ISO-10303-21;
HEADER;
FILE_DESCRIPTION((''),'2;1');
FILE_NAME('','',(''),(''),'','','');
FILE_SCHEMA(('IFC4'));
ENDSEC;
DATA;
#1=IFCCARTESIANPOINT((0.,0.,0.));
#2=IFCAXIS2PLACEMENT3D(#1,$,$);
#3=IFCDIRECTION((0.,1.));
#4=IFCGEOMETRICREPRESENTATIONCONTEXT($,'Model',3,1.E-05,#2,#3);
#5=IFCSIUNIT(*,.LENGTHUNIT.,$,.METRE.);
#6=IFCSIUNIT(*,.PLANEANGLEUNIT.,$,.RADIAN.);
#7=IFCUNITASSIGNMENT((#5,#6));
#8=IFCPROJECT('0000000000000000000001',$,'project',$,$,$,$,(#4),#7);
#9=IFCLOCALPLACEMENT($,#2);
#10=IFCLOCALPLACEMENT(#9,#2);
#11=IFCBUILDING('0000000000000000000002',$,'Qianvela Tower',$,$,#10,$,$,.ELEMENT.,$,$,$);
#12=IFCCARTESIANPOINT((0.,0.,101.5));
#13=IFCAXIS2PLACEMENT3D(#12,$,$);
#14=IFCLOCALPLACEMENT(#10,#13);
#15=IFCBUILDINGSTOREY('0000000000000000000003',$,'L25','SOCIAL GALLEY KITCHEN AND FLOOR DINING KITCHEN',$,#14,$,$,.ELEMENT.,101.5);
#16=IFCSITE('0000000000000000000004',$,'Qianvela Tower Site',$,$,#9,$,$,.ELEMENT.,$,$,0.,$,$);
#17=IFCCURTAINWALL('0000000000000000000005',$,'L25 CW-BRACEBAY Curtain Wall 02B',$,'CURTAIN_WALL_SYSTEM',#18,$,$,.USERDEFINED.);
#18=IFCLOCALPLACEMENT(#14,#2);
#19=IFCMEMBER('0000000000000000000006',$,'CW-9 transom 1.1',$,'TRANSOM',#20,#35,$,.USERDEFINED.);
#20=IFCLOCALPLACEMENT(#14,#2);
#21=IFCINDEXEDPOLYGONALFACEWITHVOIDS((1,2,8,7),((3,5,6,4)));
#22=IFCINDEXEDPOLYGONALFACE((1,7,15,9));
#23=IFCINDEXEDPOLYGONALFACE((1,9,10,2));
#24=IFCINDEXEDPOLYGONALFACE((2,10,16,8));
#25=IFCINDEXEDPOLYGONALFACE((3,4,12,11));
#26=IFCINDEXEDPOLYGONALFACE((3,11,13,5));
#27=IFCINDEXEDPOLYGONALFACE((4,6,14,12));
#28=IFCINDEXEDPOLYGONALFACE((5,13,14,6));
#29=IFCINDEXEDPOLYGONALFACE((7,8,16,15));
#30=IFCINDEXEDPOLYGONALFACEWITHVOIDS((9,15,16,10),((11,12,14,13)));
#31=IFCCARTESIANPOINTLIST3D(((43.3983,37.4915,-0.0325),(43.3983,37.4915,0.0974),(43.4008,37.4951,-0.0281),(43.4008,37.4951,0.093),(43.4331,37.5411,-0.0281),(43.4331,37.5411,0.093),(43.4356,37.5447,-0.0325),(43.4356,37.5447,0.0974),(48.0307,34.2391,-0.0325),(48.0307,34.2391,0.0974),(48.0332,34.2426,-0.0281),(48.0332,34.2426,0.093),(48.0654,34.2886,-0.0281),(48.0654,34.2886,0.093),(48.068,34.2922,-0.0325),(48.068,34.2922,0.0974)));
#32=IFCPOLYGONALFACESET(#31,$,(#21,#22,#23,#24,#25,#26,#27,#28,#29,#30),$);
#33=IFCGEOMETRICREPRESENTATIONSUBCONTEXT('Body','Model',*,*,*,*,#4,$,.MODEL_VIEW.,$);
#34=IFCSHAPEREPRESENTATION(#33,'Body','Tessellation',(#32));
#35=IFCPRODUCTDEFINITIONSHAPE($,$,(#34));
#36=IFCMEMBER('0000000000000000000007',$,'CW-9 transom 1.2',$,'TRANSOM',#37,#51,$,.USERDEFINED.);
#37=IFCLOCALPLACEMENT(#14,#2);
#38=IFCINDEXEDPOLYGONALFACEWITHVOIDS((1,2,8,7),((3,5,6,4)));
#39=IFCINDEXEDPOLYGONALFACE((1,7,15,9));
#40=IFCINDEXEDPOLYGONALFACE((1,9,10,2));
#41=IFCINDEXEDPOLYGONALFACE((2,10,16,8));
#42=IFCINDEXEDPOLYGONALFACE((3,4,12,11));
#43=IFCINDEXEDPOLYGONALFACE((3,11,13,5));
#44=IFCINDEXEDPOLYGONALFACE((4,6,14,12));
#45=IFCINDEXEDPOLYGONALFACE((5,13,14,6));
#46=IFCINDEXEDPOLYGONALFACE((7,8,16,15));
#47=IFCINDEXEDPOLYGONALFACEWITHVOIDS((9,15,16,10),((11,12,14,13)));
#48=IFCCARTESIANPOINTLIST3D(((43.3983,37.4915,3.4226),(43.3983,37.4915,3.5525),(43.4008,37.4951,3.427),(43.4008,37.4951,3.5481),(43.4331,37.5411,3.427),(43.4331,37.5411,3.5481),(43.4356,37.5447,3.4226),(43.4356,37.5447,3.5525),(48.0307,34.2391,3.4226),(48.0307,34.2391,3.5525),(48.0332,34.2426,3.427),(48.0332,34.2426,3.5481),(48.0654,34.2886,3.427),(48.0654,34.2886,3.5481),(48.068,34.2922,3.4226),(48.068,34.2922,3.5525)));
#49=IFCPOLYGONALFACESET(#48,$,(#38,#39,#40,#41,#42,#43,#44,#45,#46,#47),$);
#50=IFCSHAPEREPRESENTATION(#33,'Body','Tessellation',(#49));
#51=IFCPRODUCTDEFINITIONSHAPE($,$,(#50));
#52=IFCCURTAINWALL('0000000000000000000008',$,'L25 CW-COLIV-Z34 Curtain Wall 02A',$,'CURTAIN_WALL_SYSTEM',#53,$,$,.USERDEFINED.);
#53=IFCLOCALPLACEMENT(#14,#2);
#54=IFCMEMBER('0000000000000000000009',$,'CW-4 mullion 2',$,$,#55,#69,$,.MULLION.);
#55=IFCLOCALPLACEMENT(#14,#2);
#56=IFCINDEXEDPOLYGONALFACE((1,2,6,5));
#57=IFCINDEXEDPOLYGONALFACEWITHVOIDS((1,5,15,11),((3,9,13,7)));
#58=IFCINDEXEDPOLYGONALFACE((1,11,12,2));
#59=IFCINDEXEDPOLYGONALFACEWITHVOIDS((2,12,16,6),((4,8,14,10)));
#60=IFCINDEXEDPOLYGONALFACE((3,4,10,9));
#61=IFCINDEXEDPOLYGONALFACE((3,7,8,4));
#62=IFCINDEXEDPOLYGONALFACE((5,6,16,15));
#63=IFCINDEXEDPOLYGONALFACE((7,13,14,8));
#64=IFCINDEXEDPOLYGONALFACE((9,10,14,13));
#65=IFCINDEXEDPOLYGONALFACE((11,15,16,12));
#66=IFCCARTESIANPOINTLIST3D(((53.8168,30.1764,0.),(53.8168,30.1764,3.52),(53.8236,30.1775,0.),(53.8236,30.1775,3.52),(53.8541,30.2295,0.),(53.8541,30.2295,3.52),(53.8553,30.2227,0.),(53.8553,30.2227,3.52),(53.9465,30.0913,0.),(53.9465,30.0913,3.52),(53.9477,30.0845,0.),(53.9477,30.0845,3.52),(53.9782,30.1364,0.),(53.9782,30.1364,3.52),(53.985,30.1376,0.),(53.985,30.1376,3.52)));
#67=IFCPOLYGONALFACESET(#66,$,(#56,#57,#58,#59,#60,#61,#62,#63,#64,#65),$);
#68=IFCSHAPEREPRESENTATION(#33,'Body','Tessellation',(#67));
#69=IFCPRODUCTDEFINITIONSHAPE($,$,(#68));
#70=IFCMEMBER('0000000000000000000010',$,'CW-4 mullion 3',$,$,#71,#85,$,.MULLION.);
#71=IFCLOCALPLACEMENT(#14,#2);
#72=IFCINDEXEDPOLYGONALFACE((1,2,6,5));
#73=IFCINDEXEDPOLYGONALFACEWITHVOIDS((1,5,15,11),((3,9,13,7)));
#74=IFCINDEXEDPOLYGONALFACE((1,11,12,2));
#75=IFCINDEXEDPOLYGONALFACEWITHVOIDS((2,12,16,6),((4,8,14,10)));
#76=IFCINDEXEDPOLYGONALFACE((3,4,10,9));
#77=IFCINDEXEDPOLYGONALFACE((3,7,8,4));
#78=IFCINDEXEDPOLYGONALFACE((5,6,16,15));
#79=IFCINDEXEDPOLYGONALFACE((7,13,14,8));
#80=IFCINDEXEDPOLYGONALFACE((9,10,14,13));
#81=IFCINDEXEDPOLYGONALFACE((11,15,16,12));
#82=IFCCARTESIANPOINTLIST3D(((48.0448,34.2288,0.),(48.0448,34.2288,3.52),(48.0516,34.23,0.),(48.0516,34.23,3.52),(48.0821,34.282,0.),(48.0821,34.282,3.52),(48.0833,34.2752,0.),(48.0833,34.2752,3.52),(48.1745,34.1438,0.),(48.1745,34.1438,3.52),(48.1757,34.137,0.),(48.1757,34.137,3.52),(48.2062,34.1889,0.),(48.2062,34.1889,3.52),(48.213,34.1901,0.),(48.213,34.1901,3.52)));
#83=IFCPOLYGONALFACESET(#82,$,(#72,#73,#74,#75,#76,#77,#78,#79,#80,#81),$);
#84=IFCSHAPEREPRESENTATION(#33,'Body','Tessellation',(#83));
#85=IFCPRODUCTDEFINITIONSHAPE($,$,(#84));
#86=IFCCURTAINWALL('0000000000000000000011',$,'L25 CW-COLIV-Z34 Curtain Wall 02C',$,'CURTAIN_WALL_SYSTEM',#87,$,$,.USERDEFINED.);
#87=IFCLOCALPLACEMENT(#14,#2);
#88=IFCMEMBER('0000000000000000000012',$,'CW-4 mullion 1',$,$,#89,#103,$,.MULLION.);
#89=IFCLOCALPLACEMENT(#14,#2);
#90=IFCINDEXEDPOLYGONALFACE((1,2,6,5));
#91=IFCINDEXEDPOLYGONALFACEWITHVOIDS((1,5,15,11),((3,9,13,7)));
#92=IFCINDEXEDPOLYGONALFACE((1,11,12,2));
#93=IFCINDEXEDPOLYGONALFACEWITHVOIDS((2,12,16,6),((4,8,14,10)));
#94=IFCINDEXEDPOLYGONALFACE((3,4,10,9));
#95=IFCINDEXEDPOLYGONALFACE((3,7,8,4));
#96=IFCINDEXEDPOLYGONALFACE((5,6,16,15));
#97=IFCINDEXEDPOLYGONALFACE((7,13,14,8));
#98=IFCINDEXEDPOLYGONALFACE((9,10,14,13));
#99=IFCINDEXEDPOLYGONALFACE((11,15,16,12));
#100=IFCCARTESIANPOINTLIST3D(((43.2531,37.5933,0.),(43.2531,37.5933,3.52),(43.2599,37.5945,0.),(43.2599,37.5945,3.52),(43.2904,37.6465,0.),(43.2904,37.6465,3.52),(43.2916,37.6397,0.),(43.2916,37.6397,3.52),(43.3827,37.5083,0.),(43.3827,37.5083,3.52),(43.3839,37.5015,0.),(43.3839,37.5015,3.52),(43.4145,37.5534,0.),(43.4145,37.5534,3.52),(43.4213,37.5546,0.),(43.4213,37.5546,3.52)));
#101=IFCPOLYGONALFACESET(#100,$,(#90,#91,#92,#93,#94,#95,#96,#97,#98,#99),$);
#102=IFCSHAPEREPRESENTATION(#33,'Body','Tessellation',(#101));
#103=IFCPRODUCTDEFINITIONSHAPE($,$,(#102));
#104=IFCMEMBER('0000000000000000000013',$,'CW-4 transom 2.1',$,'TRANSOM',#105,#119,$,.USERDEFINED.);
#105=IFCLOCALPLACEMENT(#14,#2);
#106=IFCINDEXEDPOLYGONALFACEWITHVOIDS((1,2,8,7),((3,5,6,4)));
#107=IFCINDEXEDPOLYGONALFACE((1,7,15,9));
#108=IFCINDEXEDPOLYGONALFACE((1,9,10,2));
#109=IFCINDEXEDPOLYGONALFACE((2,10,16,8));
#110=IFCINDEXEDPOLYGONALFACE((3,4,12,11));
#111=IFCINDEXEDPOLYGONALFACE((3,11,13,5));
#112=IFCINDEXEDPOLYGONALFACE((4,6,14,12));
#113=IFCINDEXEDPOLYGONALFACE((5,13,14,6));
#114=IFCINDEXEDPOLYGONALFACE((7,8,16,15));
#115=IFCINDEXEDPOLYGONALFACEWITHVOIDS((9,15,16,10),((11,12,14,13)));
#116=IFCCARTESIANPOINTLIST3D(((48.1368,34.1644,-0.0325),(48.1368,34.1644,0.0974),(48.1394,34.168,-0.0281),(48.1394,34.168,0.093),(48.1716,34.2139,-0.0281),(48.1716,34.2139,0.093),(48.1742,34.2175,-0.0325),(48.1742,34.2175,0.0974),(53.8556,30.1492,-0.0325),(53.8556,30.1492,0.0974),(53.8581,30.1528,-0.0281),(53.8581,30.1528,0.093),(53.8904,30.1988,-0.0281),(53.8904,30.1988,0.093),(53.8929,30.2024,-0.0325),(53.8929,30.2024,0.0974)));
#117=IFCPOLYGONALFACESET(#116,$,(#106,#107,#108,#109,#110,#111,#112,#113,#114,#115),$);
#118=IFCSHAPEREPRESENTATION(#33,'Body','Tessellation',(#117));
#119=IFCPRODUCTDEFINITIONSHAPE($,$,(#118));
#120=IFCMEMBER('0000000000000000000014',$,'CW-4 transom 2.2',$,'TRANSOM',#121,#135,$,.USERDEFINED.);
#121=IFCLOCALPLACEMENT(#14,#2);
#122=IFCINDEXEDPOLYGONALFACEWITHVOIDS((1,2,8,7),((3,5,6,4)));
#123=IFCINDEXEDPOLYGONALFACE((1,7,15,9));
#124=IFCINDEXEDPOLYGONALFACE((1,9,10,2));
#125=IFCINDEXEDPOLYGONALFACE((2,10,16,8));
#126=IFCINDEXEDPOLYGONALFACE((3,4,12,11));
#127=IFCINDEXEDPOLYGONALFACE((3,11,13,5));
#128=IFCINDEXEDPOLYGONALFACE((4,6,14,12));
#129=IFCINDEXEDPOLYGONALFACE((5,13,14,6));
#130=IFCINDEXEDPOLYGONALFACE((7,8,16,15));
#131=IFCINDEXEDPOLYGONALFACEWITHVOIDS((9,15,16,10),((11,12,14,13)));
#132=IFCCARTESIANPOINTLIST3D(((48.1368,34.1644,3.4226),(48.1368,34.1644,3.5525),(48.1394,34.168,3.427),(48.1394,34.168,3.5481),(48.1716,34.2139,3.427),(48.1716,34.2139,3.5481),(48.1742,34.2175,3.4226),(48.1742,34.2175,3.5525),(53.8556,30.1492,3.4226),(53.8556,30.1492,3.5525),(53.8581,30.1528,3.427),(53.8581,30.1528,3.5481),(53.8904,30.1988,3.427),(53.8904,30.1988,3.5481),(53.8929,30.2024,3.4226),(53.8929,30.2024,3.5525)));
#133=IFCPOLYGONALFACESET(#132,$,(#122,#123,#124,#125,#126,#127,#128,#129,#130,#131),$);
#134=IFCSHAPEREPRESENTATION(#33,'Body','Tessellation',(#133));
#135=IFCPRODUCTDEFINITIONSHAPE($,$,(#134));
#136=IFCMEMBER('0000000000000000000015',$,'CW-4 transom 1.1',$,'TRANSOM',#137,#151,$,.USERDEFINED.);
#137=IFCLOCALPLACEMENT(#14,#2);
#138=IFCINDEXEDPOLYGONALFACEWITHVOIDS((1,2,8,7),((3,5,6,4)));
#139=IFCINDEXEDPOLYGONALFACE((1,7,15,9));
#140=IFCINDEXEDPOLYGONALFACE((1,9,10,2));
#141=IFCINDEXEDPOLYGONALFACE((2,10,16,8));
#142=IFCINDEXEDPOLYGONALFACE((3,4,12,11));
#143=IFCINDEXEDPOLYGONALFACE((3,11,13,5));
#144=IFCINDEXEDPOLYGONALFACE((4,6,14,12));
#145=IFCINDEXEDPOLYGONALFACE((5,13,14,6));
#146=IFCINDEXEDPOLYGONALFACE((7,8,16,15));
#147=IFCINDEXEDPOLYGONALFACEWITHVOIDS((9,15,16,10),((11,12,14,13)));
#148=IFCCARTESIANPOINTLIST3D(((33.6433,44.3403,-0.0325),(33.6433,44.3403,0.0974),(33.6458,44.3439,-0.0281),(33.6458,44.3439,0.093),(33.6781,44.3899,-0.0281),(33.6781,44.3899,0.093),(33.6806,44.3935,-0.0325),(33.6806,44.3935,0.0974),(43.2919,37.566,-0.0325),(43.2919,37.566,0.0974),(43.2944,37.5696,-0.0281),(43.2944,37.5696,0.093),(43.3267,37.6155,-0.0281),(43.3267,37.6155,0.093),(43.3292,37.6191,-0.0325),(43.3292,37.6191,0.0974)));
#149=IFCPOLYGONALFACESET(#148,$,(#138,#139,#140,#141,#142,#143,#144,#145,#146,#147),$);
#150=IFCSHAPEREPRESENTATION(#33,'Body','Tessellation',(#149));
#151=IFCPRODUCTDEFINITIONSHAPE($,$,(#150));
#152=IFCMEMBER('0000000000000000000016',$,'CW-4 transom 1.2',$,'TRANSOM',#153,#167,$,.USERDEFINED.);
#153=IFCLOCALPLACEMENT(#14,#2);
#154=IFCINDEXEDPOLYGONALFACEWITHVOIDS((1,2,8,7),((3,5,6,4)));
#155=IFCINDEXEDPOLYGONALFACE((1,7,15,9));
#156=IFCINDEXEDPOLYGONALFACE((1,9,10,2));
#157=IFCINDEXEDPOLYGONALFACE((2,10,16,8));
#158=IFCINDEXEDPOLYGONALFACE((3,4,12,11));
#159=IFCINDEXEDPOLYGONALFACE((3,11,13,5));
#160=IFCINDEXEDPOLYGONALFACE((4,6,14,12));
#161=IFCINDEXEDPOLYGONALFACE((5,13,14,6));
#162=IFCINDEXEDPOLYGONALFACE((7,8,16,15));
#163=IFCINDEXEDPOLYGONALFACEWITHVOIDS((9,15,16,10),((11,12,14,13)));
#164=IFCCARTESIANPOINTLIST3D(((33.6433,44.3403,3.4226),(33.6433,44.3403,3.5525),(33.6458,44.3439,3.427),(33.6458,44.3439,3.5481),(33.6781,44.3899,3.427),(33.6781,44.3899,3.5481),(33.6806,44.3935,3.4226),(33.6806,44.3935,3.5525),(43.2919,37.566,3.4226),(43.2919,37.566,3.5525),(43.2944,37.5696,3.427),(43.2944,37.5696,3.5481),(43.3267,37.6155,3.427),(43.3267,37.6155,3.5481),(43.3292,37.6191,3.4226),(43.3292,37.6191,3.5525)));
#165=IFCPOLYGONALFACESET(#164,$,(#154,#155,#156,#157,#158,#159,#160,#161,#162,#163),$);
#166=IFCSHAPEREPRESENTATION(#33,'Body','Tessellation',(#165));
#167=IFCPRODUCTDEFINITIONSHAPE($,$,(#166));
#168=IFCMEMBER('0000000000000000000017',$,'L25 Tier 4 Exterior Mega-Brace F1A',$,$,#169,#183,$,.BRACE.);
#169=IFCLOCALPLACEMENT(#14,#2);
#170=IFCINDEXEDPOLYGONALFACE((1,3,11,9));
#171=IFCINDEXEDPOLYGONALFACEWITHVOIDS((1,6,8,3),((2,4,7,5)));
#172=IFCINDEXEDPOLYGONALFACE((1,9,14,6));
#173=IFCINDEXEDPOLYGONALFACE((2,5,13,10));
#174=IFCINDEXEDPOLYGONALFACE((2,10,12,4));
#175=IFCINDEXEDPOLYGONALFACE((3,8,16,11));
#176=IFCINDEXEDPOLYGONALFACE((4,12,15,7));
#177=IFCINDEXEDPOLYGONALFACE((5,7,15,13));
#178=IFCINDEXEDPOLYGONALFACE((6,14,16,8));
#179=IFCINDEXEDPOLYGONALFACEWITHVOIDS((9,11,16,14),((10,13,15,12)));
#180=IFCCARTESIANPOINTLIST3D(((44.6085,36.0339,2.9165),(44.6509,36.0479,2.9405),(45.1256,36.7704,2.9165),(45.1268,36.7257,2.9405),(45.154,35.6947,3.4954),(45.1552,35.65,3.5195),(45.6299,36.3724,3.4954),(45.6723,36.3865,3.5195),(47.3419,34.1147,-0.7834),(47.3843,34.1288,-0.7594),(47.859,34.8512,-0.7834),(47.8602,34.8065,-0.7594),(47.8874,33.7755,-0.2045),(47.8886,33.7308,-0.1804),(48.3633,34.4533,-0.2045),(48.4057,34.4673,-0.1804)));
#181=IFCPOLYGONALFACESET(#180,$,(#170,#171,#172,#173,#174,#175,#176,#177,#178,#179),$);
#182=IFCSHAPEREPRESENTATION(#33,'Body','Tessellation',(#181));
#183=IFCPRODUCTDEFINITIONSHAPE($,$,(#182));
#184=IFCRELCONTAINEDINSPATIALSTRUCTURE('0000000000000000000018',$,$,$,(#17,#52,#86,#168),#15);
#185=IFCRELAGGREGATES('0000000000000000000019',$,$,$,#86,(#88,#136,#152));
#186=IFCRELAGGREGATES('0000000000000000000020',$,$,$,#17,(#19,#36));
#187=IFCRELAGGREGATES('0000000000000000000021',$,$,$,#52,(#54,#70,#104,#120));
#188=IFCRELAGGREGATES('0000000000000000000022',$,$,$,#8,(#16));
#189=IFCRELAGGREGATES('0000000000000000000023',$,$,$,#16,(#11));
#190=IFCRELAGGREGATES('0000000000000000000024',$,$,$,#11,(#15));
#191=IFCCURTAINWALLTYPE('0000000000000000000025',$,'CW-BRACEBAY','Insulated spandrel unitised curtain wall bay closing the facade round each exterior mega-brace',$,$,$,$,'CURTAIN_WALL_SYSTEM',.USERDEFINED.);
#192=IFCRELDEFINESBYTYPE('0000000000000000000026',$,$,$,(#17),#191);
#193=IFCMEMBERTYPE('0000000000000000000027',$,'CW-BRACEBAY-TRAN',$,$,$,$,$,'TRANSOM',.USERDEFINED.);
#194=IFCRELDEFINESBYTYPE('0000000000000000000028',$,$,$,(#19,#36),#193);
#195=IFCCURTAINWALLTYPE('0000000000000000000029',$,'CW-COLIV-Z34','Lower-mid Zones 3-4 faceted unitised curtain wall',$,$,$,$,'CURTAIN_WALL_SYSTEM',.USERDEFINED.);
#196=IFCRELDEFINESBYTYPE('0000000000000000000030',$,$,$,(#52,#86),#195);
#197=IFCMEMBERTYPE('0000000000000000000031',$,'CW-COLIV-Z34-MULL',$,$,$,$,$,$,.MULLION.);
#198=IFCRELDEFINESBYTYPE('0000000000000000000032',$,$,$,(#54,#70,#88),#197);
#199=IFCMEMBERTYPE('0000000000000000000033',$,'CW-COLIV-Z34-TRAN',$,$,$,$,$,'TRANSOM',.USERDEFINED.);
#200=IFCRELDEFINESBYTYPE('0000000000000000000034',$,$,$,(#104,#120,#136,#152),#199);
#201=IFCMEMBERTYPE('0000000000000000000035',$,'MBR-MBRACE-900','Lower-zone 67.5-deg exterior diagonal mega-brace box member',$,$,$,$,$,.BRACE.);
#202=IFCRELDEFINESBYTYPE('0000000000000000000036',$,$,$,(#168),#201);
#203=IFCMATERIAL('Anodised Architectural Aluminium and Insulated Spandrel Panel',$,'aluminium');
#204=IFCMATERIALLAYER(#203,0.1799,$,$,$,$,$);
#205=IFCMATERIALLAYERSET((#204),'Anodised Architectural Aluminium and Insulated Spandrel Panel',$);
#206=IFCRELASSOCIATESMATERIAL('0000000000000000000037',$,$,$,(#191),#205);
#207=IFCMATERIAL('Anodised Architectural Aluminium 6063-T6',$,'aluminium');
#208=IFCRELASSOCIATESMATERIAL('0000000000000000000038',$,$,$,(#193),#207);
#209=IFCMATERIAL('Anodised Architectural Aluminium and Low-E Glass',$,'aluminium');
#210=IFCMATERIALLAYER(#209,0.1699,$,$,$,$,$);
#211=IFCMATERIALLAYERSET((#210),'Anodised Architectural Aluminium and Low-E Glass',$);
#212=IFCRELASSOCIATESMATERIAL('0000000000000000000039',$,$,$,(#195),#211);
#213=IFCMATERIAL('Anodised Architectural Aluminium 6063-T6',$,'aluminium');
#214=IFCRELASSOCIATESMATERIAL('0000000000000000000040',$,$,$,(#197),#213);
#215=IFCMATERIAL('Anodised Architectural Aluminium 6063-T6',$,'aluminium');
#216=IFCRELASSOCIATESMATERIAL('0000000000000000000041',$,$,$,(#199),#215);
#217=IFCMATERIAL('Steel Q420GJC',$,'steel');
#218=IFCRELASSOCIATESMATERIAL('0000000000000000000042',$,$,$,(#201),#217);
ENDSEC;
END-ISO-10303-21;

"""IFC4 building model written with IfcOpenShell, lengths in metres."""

from ifc_helpers import new_model, si_unit, direction, frame, origin, origin_2d, place, context, subcontext, project, spatial, hollow_rectangle, extrude, material, layer, layer_set, material_profile, profile_set, type_object, element, aggregate, save


model = new_model("IFC4")

# Units and contexts
model_context = context("Model", 3, precision=1e-05, world=origin(), true_north=direction((0.0, 1.0)))
body_context = subcontext(model_context, "Body", "Model", "MODEL_VIEW")
ifc_project = project(units=[si_unit("LENGTHUNIT", "METRE"), si_unit("PLANEANGLEUNIT", "RADIAN")], contexts=[model_context])

# Site, building, storey
site_placement = place(None, origin())
site = spatial("IfcSite", under=ifc_project, at=site_placement, Name="Qianvela Tower Site", CompositionType="ELEMENT", RefElevation=0.0)
building_placement = place(site_placement, origin())
building = spatial("IfcBuilding", under=site, at=building_placement, Name="Qianvela Tower", CompositionType="ELEMENT")
storey_placement = place(building_placement, frame((0.0, 0.0, 101.5)))
storey = spatial("IfcBuildingStorey", under=building, at=storey_placement, Name="L25", Description="SOCIAL GALLEY KITCHEN AND FLOOR DINING KITCHEN", CompositionType="ELEMENT", Elevation=101.5)

# Curtain walls, members
ifc_material_1 = material(Name="Anodised Architectural Aluminium and Insulated Spandrel Panel", Category="aluminium")
ifc_layer_1 = layer(ifc_material_1, 0.1799)
ifc_layer_set_1 = layer_set([ifc_layer_1], Name="Anodised Architectural Aluminium and Insulated Spandrel Panel")
curtain_wall_type_1 = type_object("IfcCurtainWallType", Name="CW-BRACEBAY", Description="Insulated spandrel unitised curtain wall bay closing the facade round each exterior mega-brace", ElementType="CURTAIN_WALL_SYSTEM", PredefinedType="USERDEFINED", material=ifc_layer_set_1)
curtain_wall_1_placement = place(storey_placement, origin())
curtain_wall_1 = element("IfcCurtainWall", 1, at=curtain_wall_1_placement, inside=storey, type_object=curtain_wall_type_1, Name="L25 CW-BRACEBAY Curtain Wall 02B", ObjectType="CURTAIN_WALL_SYSTEM", PredefinedType="USERDEFINED")
ifc_material_2 = material(Name="Anodised Architectural Aluminium 6063-T6", Category="aluminium")
ifc_material_profile_1 = material_profile(ifc_material_2, hollow_rectangle(XDim=0.0649, YDim=0.1299, WallThickness=0.0044, at=origin_2d()), Name="ALU-TRAN-65x130")
ifc_profile_set_1 = profile_set([ifc_material_profile_1], Name="Anodised Architectural Aluminium 6063-T6")
member_type_1 = type_object("IfcMemberType", Name="CW-BRACEBAY-TRAN", ElementType="TRANSOM", PredefinedType="USERDEFINED", material=ifc_profile_set_1)
member_1_placement = place(storey_placement, frame((48.0493, 34.2656, 0.0325), z_axis=(-0.818416, 0.574626, 0.0), x_axis=(-0.574626, -0.818416, 0.0)))
member_1 = element("IfcMember", 2, at=member_1_placement, type_object=member_type_1, Name="CW-9 transom 1.1", ObjectType="TRANSOM", PredefinedType="USERDEFINED", context=body_context, shape_type="SweptSolid", body=[
    extrude(hollow_rectangle(XDim=0.0649, YDim=0.1299, WallThickness=0.0044, at=origin_2d()), origin(), (0.0, 0.0, 1.0), 5.6602),
])
member_2_placement = place(storey_placement, frame((48.0493, 34.2656, 3.4875), z_axis=(-0.818416, 0.574626, 0.0), x_axis=(-0.574626, -0.818416, 0.0)))
member_2 = element("IfcMember", 3, at=member_2_placement, type_object=member_type_1, Name="CW-9 transom 1.2", ObjectType="TRANSOM", PredefinedType="USERDEFINED", context=body_context, shape_type="SweptSolid", body=[
    extrude(hollow_rectangle(XDim=0.0649, YDim=0.1299, WallThickness=0.0044, at=origin_2d()), origin(), (0.0, 0.0, 1.0), 5.6602),
])
ifc_material_3 = material(Name="Anodised Architectural Aluminium and Low-E Glass", Category="aluminium")
ifc_layer_2 = layer(ifc_material_3, 0.1699)
ifc_layer_set_2 = layer_set([ifc_layer_2], Name="Anodised Architectural Aluminium and Low-E Glass")
curtain_wall_type_2 = type_object("IfcCurtainWallType", Name="CW-COLIV-Z34", Description="Lower-mid Zones 3-4 faceted unitised curtain wall", ElementType="CURTAIN_WALL_SYSTEM", PredefinedType="USERDEFINED", material=ifc_layer_set_2)
curtain_wall_2_placement = place(storey_placement, origin())
curtain_wall_2 = element("IfcCurtainWall", 4, at=curtain_wall_2_placement, inside=storey, type_object=curtain_wall_type_2, Name="L25 CW-COLIV-Z34 Curtain Wall 02A", ObjectType="CURTAIN_WALL_SYSTEM", PredefinedType="USERDEFINED")
ifc_material_4 = material(Name="Anodised Architectural Aluminium 6063-T6", Category="aluminium")
ifc_material_profile_2 = material_profile(ifc_material_4, hollow_rectangle(XDim=0.0649, YDim=0.1599, WallThickness=0.0049, at=origin_2d()), Name="ALU-MULL-65x160")
ifc_profile_set_2 = profile_set([ifc_material_profile_2], Name="Anodised Architectural Aluminium 6063-T6")
member_type_2 = type_object("IfcMemberType", Name="CW-COLIV-Z34-MULL", PredefinedType="MULLION", material=ifc_profile_set_2)
member_3_placement = place(storey_placement, frame((53.9009, 30.157, 0.0), z_axis=(0.0, 0.0, 1.0), x_axis=(-0.574622, -0.818419, 0.0)))
member_3 = element("IfcMember", 5, at=member_3_placement, type_object=member_type_2, Name="CW-4 mullion 2", PredefinedType="MULLION", context=body_context, shape_type="SweptSolid", body=[
    extrude(hollow_rectangle(XDim=0.0649, YDim=0.1599, WallThickness=0.0049, at=origin_2d()), origin(), (0.0, 0.0, 1.0), 3.52),
])
member_4_placement = place(storey_placement, frame((48.1289, 34.2095, 0.0), z_axis=(0.0, 0.0, 1.0), x_axis=(-0.574622, -0.818419, 0.0)))
member_4 = element("IfcMember", 6, at=member_4_placement, type_object=member_type_2, Name="CW-4 mullion 3", PredefinedType="MULLION", context=body_context, shape_type="SweptSolid", body=[
    extrude(hollow_rectangle(XDim=0.0649, YDim=0.1599, WallThickness=0.0049, at=origin_2d()), origin(), (0.0, 0.0, 1.0), 3.52),
])

# Curtain wall, member
curtain_wall_3_placement = place(storey_placement, origin())
curtain_wall_3 = element("IfcCurtainWall", 7, at=curtain_wall_3_placement, inside=storey, type_object=curtain_wall_type_2, Name="L25 CW-COLIV-Z34 Curtain Wall 02C", ObjectType="CURTAIN_WALL_SYSTEM", PredefinedType="USERDEFINED")
member_5_placement = place(storey_placement, frame((43.3372, 37.574, 0.0), z_axis=(0.0, 0.0, 1.0), x_axis=(-0.574622, -0.818419, 0.0)))
member_5 = element("IfcMember", 8, at=member_5_placement, type_object=member_type_2, Name="CW-4 mullion 1", PredefinedType="MULLION", context=body_context, shape_type="SweptSolid", body=[
    extrude(hollow_rectangle(XDim=0.0649, YDim=0.1599, WallThickness=0.0049, at=origin_2d()), origin(), (0.0, 0.0, 1.0), 3.52),
])

# Members
ifc_material_5 = material(Name="Anodised Architectural Aluminium 6063-T6", Category="aluminium")
ifc_material_profile_3 = material_profile(ifc_material_5, hollow_rectangle(XDim=0.0649, YDim=0.1299, WallThickness=0.0044, at=origin_2d()), Name="ALU-TRAN-65x130")
ifc_profile_set_3 = profile_set([ifc_material_profile_3], Name="Anodised Architectural Aluminium 6063-T6")
member_type_3 = type_object("IfcMemberType", Name="CW-COLIV-Z34-TRAN", ElementType="TRANSOM", PredefinedType="USERDEFINED", material=ifc_profile_set_3)
member_6_placement = place(storey_placement, frame((53.8743, 30.1758, 0.0325), z_axis=(-0.818424, 0.574615, 0.0), x_axis=(-0.574615, -0.818424, 0.0)))
member_6 = element("IfcMember", 9, at=member_6_placement, type_object=member_type_3, Name="CW-4 transom 2.1", ObjectType="TRANSOM", PredefinedType="USERDEFINED", context=body_context, shape_type="SweptSolid", body=[
    extrude(hollow_rectangle(XDim=0.0649, YDim=0.1299, WallThickness=0.0044, at=origin_2d()), origin(), (0.0, 0.0, 1.0), 6.9875),
])
member_7_placement = place(storey_placement, frame((53.8743, 30.1758, 3.4875), z_axis=(-0.818424, 0.574615, 0.0), x_axis=(-0.574615, -0.818424, 0.0)))
member_7 = element("IfcMember", 10, at=member_7_placement, type_object=member_type_3, Name="CW-4 transom 2.2", ObjectType="TRANSOM", PredefinedType="USERDEFINED", context=body_context, shape_type="SweptSolid", body=[
    extrude(hollow_rectangle(XDim=0.0649, YDim=0.1299, WallThickness=0.0044, at=origin_2d()), origin(), (0.0, 0.0, 1.0), 6.9875),
])
member_8_placement = place(storey_placement, frame((43.3105, 37.5925, 0.0325), z_axis=(-0.818421, 0.57462, 0.0), x_axis=(-0.57462, -0.818421, 0.0)))
member_8 = element("IfcMember", 11, at=member_8_placement, type_object=member_type_3, Name="CW-4 transom 1.1", ObjectType="TRANSOM", PredefinedType="USERDEFINED", context=body_context, shape_type="SweptSolid", body=[
    extrude(hollow_rectangle(XDim=0.0649, YDim=0.1299, WallThickness=0.0044, at=origin_2d()), origin(), (0.0, 0.0, 1.0), 11.7893),
])
member_9_placement = place(storey_placement, frame((43.3105, 37.5925, 3.4875), z_axis=(-0.818421, 0.57462, 0.0), x_axis=(-0.57462, -0.818421, 0.0)))
member_9 = element("IfcMember", 12, at=member_9_placement, type_object=member_type_3, Name="CW-4 transom 1.2", ObjectType="TRANSOM", PredefinedType="USERDEFINED", context=body_context, shape_type="SweptSolid", body=[
    extrude(hollow_rectangle(XDim=0.0649, YDim=0.1299, WallThickness=0.0044, at=origin_2d()), origin(), (0.0, 0.0, 1.0), 11.7893),
])
aggregate(curtain_wall_3, [member_5, member_8, member_9])

# Member
ifc_material_6 = material(Name="Steel Q420GJC", Category="steel")
ifc_material_profile_4 = material_profile(ifc_material_6, hollow_rectangle(XDim=0.8999, YDim=0.8999, WallThickness=0.0359, at=origin_2d()), Name="MBOX-900x900x36")
ifc_profile_set_4 = profile_set([ifc_material_profile_4], Name="Steel Q420GJC")
member_type_4 = type_object("IfcMemberType", Name="MBR-MBRACE-900", Description="Lower-zone 67.5-deg exterior diagonal mega-brace box member", PredefinedType="BRACE", material=ifc_profile_set_4)
member_10_placement = place(storey_placement, frame((47.8738, 34.291, -0.4819), z_axis=(-0.548389, 0.385038, 0.742304), x_axis=(-0.574629, -0.818414, 0.0)))
element("IfcMember", 13, at=member_10_placement, inside=storey, type_object=member_type_4, Name="L25 Tier 4 Exterior Mega-Brace F1A", PredefinedType="BRACE", context=body_context, shape_type="SweptSolid", body=[
    extrude(hollow_rectangle(XDim=0.8999, YDim=0.8999, WallThickness=0.0359, at=origin_2d()), origin(), (0.0, 0.0, 1.0), 4.9844),
])

aggregate(curtain_wall_1, [member_1, member_2])
aggregate(curtain_wall_2, [member_3, member_4, member_6, member_7])

save(model, "model.ifc")
